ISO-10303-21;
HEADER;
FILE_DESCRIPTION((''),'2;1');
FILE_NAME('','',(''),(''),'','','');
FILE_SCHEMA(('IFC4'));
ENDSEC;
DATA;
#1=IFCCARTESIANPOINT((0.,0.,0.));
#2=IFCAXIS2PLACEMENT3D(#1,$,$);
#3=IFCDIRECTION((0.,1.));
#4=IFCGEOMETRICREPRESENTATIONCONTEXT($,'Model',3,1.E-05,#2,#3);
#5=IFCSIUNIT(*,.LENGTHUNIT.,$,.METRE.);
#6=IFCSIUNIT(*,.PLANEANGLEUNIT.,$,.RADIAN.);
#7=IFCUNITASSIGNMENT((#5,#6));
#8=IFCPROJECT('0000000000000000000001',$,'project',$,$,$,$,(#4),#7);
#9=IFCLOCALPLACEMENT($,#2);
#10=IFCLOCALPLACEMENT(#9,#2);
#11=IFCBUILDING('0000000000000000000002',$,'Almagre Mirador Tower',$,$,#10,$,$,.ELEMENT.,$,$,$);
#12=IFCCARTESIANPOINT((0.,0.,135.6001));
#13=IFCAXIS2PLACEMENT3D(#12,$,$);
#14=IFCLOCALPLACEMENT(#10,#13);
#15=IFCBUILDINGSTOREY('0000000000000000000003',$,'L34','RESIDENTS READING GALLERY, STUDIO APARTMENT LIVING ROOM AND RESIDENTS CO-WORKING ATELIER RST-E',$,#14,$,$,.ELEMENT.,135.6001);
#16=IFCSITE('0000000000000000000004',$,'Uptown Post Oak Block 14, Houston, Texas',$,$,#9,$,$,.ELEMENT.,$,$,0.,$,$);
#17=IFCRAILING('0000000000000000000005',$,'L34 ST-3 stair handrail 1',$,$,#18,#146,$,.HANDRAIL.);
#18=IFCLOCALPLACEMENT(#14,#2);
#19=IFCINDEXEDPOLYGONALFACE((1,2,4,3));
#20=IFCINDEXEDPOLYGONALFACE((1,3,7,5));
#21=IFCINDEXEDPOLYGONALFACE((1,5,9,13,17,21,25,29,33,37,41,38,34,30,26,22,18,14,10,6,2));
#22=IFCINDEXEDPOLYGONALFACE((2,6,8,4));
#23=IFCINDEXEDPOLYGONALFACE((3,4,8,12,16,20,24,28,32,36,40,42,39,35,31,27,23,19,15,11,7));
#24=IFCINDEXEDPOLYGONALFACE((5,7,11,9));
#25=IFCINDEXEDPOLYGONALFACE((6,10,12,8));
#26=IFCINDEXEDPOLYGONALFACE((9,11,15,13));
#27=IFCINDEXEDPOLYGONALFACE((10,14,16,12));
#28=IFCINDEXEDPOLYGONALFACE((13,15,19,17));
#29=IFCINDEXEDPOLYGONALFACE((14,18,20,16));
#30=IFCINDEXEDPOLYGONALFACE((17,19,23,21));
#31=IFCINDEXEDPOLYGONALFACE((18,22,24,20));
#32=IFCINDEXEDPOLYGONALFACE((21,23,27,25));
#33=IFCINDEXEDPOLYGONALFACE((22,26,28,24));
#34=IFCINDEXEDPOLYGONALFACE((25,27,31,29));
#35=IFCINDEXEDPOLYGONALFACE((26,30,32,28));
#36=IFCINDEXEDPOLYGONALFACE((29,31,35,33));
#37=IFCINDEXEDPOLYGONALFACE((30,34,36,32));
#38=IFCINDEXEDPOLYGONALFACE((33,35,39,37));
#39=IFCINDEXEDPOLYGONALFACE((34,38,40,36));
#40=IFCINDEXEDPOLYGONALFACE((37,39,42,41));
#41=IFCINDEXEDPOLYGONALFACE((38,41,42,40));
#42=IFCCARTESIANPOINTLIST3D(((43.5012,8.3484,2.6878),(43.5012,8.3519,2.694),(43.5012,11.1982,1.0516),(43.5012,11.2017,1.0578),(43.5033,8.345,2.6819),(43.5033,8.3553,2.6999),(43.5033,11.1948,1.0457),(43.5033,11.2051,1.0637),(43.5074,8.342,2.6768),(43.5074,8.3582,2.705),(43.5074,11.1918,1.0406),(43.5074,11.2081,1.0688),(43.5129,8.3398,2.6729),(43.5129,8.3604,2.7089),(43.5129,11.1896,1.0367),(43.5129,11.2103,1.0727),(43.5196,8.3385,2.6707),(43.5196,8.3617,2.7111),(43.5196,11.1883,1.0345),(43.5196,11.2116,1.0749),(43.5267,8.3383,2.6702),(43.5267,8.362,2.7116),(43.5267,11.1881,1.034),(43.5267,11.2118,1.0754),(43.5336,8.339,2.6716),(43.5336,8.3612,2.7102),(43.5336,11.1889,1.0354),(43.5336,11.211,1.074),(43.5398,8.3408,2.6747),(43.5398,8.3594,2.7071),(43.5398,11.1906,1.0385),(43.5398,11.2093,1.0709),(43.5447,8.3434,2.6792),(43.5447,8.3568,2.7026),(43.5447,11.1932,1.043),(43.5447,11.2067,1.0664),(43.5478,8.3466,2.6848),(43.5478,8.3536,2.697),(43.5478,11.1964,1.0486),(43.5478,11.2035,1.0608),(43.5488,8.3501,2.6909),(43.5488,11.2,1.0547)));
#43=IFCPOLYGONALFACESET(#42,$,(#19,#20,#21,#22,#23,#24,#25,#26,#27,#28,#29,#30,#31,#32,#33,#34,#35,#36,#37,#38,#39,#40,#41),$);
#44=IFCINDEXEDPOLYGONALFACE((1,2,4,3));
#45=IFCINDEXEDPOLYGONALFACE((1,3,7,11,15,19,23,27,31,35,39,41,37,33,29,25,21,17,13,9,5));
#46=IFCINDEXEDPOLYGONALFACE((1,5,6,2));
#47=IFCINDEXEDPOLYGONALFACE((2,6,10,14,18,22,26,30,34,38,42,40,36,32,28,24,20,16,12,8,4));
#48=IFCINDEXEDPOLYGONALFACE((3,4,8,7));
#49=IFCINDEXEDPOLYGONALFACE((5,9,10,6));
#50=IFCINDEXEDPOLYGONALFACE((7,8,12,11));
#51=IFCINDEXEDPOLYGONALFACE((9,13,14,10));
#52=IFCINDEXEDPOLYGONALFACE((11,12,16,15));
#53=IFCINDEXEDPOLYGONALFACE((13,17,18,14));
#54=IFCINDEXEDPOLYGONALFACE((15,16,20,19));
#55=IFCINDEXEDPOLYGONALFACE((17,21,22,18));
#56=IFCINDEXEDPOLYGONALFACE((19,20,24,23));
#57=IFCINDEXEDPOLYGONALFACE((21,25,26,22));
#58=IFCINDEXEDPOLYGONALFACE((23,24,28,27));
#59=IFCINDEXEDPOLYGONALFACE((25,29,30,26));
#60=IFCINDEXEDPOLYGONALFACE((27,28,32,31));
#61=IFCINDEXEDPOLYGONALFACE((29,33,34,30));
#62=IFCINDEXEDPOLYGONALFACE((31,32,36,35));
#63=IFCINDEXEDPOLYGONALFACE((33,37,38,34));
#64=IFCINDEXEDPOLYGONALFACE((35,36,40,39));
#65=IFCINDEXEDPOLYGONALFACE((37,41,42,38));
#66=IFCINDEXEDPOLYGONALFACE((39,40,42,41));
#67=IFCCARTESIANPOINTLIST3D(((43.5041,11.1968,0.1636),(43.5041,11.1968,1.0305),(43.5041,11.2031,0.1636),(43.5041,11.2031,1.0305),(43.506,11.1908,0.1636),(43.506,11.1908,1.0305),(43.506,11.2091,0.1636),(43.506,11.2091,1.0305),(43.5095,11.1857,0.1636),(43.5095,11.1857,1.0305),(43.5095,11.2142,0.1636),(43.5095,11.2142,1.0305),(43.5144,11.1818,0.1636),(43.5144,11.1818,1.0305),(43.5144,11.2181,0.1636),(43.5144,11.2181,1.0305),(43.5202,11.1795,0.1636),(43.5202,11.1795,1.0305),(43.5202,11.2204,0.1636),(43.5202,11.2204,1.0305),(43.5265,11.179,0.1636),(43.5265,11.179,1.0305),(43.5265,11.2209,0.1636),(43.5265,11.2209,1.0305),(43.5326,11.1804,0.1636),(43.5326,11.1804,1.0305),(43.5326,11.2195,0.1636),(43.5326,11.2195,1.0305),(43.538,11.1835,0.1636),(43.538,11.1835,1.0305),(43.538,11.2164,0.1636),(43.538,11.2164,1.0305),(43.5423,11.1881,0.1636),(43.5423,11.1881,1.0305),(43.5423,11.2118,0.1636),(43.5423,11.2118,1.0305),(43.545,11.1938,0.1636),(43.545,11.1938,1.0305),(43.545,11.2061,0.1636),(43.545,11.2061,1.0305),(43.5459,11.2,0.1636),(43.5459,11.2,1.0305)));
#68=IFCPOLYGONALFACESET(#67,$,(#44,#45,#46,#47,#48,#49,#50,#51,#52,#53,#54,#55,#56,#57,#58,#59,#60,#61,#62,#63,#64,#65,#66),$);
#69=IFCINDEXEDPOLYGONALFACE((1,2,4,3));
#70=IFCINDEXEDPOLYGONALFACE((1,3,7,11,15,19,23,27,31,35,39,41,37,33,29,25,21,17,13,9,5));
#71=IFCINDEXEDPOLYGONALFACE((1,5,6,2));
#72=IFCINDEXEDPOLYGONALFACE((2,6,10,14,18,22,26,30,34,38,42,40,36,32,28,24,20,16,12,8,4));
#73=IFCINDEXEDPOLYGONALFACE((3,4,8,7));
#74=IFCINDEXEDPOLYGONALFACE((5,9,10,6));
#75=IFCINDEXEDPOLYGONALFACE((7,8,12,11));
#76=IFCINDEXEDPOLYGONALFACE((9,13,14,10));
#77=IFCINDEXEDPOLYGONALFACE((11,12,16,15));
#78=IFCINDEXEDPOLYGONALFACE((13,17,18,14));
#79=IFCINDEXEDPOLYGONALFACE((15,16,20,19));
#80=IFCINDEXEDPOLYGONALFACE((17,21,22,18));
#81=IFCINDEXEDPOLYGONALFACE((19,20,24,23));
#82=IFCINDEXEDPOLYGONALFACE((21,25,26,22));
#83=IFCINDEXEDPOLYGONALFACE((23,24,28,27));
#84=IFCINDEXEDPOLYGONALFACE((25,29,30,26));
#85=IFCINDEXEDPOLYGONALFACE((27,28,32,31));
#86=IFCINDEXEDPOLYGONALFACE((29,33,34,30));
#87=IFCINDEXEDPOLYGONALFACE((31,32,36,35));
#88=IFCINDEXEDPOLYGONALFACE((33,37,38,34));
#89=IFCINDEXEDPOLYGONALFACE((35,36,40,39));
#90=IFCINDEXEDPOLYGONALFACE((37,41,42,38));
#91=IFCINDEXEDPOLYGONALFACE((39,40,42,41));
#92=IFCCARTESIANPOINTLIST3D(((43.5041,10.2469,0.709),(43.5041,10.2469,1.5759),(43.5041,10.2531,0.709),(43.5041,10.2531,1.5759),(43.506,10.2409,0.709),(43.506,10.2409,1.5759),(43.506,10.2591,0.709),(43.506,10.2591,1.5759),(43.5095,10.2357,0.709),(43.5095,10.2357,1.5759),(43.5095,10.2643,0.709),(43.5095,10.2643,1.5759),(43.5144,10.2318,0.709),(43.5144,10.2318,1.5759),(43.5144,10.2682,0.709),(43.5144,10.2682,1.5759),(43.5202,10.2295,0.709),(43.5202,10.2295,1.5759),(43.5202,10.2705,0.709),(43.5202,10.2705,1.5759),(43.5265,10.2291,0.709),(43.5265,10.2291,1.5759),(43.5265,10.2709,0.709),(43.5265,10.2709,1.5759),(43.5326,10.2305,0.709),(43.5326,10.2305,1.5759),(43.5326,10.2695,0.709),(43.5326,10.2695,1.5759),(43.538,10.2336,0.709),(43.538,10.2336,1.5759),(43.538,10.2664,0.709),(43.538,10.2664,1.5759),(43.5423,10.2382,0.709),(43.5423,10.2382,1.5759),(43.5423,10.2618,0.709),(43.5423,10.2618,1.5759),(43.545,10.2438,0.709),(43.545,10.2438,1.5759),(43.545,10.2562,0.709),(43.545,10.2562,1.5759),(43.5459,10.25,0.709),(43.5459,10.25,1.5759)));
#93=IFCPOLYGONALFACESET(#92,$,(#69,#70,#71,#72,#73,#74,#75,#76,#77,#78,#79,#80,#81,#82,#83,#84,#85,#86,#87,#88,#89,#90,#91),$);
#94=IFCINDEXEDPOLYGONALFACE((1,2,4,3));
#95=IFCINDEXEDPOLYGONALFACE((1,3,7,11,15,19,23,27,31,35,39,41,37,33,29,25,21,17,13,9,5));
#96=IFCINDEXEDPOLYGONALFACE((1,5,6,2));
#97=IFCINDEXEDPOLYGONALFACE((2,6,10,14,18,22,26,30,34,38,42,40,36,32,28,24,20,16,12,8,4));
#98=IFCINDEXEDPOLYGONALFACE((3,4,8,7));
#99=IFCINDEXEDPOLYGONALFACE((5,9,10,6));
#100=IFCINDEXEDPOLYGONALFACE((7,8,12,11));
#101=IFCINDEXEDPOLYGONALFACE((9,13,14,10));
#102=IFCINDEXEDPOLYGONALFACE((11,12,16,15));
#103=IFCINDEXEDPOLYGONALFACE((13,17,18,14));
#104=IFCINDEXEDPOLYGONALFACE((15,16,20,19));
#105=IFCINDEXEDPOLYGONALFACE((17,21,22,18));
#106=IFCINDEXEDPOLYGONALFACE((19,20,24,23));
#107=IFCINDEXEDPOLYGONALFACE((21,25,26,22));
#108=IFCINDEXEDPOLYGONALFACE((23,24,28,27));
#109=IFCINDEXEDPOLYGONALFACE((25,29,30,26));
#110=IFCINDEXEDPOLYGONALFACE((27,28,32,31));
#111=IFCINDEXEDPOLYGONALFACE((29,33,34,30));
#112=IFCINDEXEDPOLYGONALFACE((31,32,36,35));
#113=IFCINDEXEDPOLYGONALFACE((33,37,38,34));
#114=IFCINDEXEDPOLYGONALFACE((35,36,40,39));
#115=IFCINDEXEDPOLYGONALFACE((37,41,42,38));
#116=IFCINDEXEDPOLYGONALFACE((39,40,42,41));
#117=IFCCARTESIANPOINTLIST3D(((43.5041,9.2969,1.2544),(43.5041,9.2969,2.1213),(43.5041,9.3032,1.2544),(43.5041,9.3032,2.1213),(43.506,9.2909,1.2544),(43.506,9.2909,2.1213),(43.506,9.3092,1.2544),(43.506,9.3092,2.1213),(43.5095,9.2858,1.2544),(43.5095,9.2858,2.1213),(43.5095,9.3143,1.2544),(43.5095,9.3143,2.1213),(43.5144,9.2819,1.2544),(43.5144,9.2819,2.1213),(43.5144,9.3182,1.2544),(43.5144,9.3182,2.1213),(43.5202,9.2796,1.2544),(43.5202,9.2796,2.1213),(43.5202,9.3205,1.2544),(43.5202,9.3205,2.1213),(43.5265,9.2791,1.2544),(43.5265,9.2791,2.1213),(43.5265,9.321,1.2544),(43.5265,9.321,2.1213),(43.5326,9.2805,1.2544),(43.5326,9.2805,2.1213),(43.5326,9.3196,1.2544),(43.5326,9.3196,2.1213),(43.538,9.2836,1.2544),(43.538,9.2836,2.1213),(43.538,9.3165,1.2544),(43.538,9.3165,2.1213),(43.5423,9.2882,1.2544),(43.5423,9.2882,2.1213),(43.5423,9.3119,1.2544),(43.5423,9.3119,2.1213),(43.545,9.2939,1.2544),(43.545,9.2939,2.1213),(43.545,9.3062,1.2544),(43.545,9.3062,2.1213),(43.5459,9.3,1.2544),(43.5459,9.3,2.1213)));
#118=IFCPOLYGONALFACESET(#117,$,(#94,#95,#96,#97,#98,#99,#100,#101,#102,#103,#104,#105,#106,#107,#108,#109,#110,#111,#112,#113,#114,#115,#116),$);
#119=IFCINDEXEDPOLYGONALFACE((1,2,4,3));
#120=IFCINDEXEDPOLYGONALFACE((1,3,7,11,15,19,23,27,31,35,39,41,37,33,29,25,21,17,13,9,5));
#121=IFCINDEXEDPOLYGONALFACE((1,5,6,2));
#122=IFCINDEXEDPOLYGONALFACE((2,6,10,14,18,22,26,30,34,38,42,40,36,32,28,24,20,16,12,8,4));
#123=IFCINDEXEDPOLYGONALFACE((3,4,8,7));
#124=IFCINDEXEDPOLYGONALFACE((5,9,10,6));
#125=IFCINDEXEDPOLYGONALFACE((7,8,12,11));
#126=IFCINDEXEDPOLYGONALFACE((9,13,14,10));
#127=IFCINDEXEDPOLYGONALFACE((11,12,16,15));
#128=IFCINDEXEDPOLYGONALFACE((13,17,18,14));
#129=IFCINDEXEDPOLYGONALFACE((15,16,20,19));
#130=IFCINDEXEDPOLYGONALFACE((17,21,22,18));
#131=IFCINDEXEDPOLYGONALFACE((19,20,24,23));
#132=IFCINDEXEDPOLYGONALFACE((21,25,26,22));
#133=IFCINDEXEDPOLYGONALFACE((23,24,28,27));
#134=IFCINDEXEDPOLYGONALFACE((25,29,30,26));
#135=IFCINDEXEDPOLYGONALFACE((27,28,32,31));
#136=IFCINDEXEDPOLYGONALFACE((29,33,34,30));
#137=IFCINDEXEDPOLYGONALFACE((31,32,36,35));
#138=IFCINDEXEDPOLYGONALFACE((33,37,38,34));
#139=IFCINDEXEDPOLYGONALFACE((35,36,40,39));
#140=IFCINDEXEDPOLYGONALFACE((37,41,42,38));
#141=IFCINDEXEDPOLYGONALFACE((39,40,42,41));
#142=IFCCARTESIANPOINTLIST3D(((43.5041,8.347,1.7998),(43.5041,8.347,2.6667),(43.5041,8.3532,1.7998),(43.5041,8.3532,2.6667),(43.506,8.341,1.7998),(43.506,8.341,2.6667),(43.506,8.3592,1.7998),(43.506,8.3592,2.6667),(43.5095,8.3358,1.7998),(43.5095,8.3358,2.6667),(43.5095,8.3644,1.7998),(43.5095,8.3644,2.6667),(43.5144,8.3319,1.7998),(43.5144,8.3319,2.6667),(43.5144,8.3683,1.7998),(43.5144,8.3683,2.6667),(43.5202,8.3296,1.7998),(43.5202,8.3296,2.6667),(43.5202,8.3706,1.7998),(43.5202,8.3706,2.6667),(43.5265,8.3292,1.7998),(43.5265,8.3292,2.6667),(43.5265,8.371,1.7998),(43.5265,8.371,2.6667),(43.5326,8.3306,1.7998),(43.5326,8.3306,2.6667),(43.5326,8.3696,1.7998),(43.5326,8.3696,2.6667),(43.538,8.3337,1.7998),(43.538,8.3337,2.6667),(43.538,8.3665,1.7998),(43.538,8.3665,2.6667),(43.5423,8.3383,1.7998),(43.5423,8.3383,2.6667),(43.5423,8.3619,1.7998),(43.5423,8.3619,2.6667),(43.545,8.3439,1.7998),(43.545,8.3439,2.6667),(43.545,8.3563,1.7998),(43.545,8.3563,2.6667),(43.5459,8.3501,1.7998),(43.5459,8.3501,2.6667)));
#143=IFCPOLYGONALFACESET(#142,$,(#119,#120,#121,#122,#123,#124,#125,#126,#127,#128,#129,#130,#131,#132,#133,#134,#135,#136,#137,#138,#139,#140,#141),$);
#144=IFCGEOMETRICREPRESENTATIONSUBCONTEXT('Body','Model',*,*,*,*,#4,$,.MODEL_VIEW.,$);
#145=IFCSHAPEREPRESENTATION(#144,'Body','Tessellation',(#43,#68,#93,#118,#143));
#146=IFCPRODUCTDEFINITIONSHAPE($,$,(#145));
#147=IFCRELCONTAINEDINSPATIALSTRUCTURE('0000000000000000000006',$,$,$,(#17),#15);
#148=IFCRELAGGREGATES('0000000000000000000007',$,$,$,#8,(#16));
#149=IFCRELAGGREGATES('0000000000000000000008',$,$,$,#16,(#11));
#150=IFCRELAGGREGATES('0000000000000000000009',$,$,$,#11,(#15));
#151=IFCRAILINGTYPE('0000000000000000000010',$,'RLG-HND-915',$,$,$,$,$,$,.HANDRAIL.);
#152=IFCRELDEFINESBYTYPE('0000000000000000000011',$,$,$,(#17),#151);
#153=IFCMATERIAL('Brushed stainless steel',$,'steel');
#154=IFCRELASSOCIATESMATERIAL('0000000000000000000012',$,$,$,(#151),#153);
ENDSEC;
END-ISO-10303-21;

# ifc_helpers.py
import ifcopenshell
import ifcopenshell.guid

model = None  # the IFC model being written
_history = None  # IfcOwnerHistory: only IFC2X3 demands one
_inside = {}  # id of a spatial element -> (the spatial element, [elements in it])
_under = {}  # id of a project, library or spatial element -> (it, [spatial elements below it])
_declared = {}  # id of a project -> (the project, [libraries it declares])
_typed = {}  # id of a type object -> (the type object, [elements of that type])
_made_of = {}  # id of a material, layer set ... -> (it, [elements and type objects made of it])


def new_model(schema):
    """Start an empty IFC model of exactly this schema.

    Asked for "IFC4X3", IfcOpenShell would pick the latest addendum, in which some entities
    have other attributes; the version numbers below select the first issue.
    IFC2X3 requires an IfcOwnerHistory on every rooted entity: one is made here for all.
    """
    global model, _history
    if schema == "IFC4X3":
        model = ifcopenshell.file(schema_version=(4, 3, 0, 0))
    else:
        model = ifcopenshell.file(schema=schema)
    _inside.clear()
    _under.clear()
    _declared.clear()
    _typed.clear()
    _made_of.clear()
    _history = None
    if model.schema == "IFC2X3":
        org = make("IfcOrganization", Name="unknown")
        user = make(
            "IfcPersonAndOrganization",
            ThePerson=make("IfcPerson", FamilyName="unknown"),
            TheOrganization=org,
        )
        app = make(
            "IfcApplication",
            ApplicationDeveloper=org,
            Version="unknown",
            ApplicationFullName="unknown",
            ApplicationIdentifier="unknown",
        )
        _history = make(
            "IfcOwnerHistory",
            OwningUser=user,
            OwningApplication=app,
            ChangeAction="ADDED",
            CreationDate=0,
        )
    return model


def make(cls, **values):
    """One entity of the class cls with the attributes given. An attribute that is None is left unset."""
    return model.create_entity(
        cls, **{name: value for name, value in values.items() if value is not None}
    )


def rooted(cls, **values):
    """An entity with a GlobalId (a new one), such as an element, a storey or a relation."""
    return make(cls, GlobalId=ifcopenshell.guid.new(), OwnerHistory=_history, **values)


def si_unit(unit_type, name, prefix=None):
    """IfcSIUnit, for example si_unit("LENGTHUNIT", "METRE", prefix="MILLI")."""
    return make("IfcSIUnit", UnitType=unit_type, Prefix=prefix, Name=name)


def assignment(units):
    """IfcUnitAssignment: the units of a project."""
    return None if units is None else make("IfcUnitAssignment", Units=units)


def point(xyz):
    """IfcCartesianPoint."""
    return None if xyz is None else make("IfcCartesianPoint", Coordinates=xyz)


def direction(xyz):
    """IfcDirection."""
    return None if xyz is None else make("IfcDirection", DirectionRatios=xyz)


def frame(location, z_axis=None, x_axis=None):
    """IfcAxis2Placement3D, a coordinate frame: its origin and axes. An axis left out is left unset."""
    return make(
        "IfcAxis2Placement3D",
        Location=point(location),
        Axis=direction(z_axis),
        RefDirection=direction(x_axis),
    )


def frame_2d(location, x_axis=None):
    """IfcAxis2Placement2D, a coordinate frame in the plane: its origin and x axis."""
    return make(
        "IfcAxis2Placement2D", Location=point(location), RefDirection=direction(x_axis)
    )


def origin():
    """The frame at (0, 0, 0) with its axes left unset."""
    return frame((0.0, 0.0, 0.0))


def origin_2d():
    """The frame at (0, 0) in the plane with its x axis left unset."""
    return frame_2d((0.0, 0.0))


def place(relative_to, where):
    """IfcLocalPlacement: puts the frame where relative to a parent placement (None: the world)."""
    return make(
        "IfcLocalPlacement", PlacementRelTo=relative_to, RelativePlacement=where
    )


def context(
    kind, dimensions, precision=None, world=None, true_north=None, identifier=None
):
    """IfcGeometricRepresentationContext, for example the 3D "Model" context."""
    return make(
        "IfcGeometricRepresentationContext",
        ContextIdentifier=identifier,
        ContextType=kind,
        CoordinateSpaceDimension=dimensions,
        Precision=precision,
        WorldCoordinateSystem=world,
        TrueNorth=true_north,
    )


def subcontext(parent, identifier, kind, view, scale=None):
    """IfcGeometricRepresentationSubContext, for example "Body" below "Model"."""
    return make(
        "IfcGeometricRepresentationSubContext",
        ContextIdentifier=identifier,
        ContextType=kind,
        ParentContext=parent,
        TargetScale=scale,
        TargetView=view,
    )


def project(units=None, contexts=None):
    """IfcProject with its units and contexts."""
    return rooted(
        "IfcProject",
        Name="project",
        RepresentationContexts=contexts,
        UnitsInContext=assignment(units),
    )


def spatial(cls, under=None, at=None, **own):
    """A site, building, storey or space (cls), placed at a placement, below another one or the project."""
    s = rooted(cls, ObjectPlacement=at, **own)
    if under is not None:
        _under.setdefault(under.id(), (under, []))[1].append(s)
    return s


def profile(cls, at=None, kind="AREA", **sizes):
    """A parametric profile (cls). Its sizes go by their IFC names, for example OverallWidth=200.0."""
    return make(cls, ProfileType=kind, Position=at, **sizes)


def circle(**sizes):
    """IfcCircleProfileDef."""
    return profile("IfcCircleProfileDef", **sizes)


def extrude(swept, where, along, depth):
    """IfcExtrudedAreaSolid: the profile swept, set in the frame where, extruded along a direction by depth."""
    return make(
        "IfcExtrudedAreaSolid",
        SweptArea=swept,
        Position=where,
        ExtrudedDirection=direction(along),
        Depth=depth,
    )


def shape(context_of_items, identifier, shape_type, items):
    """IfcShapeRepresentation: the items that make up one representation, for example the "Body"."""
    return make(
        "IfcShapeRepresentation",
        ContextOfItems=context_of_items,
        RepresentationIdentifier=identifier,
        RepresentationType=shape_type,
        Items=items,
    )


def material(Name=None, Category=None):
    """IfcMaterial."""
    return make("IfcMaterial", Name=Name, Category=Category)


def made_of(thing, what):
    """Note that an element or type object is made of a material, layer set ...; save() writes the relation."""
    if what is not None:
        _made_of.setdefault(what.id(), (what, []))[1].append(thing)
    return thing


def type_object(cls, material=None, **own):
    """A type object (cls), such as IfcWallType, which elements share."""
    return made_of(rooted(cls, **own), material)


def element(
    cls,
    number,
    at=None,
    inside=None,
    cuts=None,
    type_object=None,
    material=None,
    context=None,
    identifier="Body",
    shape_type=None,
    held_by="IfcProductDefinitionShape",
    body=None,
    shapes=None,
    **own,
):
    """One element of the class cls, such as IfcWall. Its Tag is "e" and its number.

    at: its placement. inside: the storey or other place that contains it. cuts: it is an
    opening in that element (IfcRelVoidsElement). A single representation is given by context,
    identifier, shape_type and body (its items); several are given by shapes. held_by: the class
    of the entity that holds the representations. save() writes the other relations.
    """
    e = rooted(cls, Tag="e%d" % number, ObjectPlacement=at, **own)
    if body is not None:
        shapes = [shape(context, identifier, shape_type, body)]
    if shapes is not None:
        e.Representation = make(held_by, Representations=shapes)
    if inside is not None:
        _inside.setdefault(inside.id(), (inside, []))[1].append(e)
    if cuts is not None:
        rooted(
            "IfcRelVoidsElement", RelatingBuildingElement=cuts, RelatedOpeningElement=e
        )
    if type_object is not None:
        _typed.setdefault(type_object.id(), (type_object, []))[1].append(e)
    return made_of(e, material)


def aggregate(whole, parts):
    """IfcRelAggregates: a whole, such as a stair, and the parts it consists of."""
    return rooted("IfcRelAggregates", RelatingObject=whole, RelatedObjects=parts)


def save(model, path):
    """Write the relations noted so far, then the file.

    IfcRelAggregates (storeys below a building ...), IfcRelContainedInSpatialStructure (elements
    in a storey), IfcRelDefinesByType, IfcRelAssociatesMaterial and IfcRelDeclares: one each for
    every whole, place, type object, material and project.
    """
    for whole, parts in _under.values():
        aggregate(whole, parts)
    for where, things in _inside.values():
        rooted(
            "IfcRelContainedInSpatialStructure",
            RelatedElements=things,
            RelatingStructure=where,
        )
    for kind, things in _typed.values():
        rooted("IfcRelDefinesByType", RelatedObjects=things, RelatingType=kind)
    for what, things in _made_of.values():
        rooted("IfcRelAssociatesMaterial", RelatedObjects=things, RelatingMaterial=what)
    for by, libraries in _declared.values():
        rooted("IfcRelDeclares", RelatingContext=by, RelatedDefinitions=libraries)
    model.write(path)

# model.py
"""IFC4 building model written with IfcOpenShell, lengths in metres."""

from ifc_helpers import new_model, si_unit, direction, frame, origin, origin_2d, place, context, subcontext, project, spatial, circle, extrude, material, type_object, element, save


model = new_model("IFC4")

# Units and contexts
model_context = context("Model", 3, precision=1e-05, world=origin(), true_north=direction((0.0, 1.0)))
body_context = subcontext(model_context, "Body", "Model", "MODEL_VIEW")
ifc_project = project(units=[si_unit("LENGTHUNIT", "METRE"), si_unit("PLANEANGLEUNIT", "RADIAN")], contexts=[model_context])

# Site, building, storey
site_placement = place(None, origin())
site = spatial("IfcSite", under=ifc_project, at=site_placement, Name="Uptown Post Oak Block 14, Houston, Texas", CompositionType="ELEMENT", RefElevation=0.0)
building_placement = place(site_placement, origin())
building = spatial("IfcBuilding", under=site, at=building_placement, Name="Almagre Mirador Tower", CompositionType="ELEMENT")
storey_placement = place(building_placement, frame((0.0, 0.0, 135.6001)))
storey = spatial("IfcBuildingStorey", under=building, at=storey_placement, Name="L34", Description="RESIDENTS READING GALLERY, STUDIO APARTMENT LIVING ROOM AND RESIDENTS CO-WORKING ATELIER RST-E", CompositionType="ELEMENT", Elevation=135.6001)

# Railing
ifc_material_1 = material(Name="Brushed stainless steel", Category="steel")
railing_type_1 = type_object("IfcRailingType", Name="RLG-HND-915", PredefinedType="HANDRAIL", material=ifc_material_1)
railing_1_placement = place(storey_placement, frame((43.5249, 11.2, 0.1636)))
element("IfcRailing", 1, at=railing_1_placement, inside=storey, type_object=railing_type_1, Name="L34 ST-3 stair handrail 1", PredefinedType="HANDRAIL", context=body_context, shape_type="SweptSolid", body=[
    extrude(circle(Radius=0.0239, at=origin_2d()), frame((0.0, 0.0, 0.8911), z_axis=(0.0, -0.867226, 0.497914), x_axis=(1.0, 0.0, 0.0)), (0.0, 0.0, 1.0), 3.2861),
    extrude(circle(Radius=0.021, at=origin_2d()), origin(), (0.0, 0.0, 1.0), 0.8669),
    extrude(circle(Radius=0.021, at=origin_2d()), frame((0.0, -0.95, 0.5454)), (0.0, 0.0, 1.0), 0.8669),
    extrude(circle(Radius=0.021, at=origin_2d()), frame((0.0, -1.8999, 1.0908)), (0.0, 0.0, 1.0), 0.8669),
    extrude(circle(Radius=0.021, at=origin_2d()), frame((0.0, -2.8499, 1.6362)), (0.0, 0.0, 1.0), 0.8669),
])

save(model, "model.ifc")
